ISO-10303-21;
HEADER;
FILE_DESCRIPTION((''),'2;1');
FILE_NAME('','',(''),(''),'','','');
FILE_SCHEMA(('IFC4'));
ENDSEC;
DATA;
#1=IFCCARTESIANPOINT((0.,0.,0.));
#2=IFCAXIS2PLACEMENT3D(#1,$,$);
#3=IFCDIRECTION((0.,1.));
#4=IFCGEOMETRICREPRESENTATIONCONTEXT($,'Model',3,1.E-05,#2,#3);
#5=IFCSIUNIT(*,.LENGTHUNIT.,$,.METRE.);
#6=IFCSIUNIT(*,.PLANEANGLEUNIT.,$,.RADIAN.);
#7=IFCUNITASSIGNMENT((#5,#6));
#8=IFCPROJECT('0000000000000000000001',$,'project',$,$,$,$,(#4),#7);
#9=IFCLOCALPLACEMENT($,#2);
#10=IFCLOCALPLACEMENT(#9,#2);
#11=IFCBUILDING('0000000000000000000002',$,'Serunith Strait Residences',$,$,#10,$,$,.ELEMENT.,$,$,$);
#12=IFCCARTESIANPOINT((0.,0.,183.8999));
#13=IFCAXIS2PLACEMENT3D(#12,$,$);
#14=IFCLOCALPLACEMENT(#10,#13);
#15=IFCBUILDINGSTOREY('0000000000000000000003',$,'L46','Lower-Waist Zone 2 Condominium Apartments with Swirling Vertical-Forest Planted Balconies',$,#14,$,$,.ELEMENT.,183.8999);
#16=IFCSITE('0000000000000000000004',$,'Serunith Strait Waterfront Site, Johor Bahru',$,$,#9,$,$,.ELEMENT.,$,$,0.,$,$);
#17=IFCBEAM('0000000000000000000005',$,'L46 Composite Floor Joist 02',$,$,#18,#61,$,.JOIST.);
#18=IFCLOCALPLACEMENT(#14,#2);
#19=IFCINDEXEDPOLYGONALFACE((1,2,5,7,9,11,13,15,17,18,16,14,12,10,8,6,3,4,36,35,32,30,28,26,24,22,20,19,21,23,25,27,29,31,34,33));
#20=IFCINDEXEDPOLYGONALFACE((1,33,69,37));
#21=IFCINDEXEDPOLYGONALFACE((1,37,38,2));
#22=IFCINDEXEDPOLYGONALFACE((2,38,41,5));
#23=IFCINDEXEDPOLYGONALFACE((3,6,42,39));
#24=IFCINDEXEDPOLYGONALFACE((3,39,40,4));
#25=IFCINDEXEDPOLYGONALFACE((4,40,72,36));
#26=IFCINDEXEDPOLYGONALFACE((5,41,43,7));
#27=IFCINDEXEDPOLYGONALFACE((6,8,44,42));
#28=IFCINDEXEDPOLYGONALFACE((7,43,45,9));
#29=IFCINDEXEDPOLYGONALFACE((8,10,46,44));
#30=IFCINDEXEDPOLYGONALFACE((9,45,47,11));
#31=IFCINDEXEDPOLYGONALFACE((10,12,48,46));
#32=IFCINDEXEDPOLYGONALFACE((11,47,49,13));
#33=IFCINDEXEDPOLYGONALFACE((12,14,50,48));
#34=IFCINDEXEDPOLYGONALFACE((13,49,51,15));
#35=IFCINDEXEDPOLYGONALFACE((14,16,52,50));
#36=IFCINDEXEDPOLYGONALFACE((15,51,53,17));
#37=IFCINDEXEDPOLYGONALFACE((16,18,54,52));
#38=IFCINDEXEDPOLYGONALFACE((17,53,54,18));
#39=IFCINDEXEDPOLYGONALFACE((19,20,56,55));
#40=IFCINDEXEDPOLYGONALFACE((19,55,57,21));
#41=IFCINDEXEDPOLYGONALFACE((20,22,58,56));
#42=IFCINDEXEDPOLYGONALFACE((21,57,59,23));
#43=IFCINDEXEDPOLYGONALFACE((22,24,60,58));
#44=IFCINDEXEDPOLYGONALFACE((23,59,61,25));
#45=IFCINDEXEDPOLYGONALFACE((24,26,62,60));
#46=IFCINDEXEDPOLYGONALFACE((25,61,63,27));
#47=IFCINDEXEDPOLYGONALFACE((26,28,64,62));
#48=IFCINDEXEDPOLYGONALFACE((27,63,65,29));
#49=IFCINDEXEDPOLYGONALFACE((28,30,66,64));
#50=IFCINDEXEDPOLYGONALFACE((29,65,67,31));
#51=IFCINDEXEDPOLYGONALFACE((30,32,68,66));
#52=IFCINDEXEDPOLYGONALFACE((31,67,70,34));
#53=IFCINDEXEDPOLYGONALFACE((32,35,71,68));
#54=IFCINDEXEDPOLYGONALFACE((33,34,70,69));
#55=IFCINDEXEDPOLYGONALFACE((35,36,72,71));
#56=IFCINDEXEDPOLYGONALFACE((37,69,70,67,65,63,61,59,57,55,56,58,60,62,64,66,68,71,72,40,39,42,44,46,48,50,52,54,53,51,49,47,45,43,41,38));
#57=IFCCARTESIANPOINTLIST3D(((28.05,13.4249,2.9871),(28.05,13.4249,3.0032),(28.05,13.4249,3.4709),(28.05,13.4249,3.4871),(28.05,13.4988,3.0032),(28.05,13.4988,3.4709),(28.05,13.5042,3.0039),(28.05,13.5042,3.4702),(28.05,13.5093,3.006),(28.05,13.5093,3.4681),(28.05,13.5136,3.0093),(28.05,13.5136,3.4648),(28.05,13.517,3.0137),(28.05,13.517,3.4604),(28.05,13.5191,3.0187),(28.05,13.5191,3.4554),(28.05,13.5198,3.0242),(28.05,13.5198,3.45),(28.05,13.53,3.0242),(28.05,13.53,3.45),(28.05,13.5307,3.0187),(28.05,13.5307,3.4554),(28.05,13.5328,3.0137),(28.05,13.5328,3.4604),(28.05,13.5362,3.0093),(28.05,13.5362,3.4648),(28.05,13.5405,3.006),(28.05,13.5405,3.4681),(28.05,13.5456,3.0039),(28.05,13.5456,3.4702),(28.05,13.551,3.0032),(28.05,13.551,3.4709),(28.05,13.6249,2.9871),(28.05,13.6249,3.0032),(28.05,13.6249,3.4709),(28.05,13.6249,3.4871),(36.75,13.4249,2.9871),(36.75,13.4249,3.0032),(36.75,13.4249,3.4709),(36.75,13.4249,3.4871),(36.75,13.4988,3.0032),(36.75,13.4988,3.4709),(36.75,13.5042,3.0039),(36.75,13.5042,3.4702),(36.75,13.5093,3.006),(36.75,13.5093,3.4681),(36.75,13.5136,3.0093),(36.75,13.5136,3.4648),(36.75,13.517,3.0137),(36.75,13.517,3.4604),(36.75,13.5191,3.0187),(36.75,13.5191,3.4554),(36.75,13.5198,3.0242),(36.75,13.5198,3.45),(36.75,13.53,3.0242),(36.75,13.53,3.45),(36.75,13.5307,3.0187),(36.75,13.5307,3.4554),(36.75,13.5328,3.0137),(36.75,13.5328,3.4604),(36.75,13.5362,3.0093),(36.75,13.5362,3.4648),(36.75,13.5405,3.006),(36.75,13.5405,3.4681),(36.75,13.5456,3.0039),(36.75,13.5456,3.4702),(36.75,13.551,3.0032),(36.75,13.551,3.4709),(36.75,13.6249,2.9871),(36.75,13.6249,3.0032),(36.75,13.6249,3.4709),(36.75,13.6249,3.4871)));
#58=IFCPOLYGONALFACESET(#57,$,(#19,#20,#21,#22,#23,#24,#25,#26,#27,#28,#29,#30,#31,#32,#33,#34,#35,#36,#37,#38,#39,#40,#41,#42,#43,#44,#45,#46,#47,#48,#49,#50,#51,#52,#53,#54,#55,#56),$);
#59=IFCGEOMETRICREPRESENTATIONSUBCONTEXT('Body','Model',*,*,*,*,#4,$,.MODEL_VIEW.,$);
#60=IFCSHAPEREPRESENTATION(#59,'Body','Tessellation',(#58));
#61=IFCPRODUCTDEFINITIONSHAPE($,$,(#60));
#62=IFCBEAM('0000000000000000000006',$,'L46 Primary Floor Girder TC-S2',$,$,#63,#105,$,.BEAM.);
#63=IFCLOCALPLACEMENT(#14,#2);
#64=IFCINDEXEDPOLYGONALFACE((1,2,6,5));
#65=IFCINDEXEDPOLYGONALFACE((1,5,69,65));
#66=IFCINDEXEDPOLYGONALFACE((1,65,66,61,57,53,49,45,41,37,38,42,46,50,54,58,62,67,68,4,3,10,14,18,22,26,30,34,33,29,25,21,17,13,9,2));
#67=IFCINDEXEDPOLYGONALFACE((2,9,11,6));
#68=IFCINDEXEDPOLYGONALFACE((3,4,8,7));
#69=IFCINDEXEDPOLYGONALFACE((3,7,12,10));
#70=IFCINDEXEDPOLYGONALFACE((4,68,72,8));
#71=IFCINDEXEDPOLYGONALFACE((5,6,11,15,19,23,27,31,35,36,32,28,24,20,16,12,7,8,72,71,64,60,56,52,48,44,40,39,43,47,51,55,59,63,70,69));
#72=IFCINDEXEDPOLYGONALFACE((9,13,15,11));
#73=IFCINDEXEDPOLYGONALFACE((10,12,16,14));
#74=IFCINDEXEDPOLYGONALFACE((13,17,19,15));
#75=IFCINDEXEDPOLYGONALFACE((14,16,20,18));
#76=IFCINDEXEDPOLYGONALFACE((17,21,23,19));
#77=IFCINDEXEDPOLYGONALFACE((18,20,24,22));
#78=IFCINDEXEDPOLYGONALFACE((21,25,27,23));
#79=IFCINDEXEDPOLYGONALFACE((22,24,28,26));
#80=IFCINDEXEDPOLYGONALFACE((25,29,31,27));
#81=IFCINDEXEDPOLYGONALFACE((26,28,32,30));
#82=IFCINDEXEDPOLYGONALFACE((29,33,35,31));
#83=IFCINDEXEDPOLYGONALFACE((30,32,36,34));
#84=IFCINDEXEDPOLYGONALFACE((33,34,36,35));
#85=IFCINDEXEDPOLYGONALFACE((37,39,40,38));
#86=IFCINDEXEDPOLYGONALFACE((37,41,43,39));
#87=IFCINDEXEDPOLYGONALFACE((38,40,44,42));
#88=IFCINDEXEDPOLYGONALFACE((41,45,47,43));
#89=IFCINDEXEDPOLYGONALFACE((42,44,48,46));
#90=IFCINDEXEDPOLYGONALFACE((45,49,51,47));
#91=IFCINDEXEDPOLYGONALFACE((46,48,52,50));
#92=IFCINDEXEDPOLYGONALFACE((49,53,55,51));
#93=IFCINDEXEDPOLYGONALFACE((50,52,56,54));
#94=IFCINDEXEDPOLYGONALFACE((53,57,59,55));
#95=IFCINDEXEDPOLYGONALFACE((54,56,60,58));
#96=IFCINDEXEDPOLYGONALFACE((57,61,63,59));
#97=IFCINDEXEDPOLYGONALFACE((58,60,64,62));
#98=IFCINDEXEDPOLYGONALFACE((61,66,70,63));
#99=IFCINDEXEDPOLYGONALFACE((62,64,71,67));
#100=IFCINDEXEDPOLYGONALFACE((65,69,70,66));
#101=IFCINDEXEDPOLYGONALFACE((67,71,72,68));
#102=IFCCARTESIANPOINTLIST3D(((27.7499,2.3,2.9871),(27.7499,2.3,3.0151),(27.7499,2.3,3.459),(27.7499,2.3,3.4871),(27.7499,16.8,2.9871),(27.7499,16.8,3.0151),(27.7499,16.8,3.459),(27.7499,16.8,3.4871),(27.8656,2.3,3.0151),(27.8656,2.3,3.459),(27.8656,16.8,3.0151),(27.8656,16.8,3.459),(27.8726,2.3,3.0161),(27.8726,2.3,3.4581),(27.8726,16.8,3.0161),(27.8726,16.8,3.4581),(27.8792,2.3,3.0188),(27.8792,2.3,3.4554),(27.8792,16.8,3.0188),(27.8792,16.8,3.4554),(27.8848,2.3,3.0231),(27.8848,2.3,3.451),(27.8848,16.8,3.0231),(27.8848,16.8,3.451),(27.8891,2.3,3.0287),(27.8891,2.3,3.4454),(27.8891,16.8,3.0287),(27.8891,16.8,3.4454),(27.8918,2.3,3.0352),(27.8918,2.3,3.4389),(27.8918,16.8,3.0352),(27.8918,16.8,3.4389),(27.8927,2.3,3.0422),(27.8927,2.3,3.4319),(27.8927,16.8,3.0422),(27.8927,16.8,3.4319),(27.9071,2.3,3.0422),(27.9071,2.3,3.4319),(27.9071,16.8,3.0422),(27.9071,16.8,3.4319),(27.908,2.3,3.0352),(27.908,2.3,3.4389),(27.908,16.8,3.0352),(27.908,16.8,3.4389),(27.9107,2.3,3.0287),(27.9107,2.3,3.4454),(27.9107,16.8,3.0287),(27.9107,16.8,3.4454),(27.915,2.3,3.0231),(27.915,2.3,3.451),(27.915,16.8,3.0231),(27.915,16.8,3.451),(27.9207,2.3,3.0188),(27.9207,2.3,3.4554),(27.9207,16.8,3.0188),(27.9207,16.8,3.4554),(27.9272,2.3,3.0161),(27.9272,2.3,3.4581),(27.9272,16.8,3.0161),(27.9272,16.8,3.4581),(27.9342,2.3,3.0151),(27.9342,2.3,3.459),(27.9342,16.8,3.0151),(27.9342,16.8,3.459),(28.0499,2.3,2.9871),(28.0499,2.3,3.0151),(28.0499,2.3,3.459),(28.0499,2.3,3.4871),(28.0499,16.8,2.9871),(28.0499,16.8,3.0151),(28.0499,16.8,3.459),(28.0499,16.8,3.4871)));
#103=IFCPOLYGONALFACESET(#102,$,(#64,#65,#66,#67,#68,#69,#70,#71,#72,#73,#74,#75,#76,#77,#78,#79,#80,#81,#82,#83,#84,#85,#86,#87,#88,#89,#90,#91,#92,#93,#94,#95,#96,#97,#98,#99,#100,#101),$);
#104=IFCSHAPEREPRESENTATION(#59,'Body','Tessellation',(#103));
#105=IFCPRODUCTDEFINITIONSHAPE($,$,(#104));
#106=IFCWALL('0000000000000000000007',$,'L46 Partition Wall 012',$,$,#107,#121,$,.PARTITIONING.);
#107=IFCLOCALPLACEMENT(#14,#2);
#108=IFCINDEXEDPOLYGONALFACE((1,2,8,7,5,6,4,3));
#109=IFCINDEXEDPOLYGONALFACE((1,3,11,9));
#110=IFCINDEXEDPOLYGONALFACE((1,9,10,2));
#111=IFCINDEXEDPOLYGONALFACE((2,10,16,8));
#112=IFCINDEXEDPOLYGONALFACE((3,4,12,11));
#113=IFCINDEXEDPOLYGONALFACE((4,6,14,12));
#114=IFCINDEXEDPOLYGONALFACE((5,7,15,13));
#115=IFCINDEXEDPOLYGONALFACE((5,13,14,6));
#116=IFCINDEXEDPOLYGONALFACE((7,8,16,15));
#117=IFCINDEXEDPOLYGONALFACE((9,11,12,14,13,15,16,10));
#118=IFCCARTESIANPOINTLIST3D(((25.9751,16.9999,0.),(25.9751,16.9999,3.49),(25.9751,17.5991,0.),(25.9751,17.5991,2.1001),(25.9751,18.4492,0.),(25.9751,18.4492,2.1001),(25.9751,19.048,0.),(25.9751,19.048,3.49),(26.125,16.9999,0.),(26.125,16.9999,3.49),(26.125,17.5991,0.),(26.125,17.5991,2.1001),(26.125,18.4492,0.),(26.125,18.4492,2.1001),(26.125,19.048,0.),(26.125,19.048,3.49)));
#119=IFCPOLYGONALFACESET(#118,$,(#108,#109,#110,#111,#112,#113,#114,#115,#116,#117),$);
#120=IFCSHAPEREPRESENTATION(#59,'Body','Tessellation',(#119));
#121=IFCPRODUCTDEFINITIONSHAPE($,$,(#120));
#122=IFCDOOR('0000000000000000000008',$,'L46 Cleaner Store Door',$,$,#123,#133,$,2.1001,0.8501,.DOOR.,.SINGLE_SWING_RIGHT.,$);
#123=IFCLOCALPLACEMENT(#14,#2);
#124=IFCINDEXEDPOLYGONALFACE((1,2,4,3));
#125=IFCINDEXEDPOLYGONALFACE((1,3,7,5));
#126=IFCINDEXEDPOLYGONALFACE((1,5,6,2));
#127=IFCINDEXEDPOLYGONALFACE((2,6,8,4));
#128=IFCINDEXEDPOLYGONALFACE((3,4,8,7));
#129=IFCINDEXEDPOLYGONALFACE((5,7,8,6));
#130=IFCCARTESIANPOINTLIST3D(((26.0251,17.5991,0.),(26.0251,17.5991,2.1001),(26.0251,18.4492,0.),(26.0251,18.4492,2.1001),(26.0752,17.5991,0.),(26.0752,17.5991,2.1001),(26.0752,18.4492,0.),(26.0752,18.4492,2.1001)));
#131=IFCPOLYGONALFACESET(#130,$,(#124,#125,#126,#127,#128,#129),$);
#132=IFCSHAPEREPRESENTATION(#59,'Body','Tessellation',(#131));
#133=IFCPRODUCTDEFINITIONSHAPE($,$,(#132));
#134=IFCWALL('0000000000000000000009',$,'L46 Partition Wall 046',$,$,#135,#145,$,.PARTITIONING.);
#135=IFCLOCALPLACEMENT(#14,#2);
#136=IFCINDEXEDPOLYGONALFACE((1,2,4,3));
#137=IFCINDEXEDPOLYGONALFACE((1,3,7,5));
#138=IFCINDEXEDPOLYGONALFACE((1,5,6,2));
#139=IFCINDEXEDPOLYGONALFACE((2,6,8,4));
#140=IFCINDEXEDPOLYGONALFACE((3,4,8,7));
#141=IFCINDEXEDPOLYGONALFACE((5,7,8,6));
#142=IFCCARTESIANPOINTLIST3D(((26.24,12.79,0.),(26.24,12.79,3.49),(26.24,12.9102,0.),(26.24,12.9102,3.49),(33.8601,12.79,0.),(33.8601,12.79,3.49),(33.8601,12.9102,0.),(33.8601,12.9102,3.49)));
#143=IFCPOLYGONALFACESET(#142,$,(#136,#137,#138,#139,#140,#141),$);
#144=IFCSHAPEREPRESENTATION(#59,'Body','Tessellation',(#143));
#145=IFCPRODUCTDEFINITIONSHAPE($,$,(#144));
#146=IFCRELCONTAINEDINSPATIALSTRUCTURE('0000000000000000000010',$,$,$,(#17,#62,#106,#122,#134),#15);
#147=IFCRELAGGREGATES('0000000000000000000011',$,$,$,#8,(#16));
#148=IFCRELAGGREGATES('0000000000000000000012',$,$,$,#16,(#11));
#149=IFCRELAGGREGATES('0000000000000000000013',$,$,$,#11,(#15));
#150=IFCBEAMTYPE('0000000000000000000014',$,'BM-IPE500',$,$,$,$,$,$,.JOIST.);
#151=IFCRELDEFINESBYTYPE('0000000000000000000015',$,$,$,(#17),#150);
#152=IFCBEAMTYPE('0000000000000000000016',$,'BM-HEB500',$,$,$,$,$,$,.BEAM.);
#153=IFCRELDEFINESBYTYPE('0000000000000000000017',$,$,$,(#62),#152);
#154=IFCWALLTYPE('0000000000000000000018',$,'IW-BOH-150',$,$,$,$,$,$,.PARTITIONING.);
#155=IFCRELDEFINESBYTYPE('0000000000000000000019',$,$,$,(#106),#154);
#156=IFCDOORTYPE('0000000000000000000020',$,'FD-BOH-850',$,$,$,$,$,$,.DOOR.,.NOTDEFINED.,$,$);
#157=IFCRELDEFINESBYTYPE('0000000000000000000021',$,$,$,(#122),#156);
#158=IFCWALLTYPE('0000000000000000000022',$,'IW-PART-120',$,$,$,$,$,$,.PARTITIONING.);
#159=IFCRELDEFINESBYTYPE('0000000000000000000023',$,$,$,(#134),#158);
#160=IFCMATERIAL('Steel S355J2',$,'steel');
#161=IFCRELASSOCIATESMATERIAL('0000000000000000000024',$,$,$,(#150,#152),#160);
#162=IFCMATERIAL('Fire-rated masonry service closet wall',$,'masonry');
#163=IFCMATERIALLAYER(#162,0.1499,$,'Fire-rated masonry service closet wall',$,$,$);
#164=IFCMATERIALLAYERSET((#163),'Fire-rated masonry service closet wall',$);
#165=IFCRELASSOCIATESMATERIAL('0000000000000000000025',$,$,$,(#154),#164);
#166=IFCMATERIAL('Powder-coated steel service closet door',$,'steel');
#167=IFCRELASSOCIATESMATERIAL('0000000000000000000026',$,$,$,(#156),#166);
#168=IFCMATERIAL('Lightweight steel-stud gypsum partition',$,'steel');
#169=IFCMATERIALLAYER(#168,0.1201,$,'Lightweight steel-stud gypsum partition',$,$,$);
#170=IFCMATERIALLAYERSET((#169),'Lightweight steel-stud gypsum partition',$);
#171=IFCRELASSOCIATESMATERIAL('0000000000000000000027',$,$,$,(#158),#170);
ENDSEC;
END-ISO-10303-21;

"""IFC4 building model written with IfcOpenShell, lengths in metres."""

from ifc_helpers import new_model, si_unit, direction, frame, frame_2d, origin, origin_2d, place, context, subcontext, project, spatial, rectangle, i_section, extrude, source, transform, mapped, material, layer, layer_set, material_profile, profile_set, type_object, element, fill, save


model = new_model("IFC4")

# Units and contexts
model_context = context("Model", 3, precision=1e-05, world=origin(), true_north=direction((0.0, 1.0)))
body_context = subcontext(model_context, "Body", "Model", "MODEL_VIEW")
ifc_project = project(units=[si_unit("LENGTHUNIT", "METRE"), si_unit("PLANEANGLEUNIT", "RADIAN")], contexts=[model_context])

# Site, building, storey
site_placement = place(None, origin())
site = spatial("IfcSite", under=ifc_project, at=site_placement, Name="Serunith Strait Waterfront Site, Johor Bahru", CompositionType="ELEMENT", RefElevation=0.0)
building_placement = place(site_placement, origin())
building = spatial("IfcBuilding", under=site, at=building_placement, Name="Serunith Strait Residences", CompositionType="ELEMENT")
storey_placement = place(building_placement, frame((0.0, 0.0, 183.8999)))
storey = spatial("IfcBuildingStorey", under=building, at=storey_placement, Name="L46", Description="Lower-Waist Zone 2 Condominium Apartments with Swirling Vertical-Forest Planted Balconies", CompositionType="ELEMENT", Elevation=183.8999)

# Beams
ifc_material_1 = material(Name="Steel S355J2", Category="steel")
ifc_material_profile_1 = material_profile(ifc_material_1, i_section(OverallWidth=0.2, OverallDepth=0.5, WebThickness=0.0103, FlangeThickness=0.0161, FilletRadius=0.021, at=origin_2d()), Name="IPE 500")
ifc_profile_set_1 = profile_set([ifc_material_profile_1], Name="Steel S355J2")
beam_type_1 = type_object("IfcBeamType", Name="BM-IPE500", PredefinedType="JOIST", material=ifc_profile_set_1)
shared_shape_1 = source(origin(), body_context, "Body", "SweptSolid", [
    extrude(i_section(OverallWidth=0.2, OverallDepth=0.5, WebThickness=0.0103, FlangeThickness=0.0161, FilletRadius=0.021, at=origin_2d()), origin(), (0.0, 0.0, 1.0), 8.7),
])
beam_1_placement = place(storey_placement, frame((28.05, 13.5249, 3.2371), z_axis=(1.0, 0.0, 0.0), x_axis=(0.0, 1.0, 0.0)))
element("IfcBeam", 1, at=beam_1_placement, inside=storey, type_object=beam_type_1, Name="L46 Composite Floor Joist 02", PredefinedType="JOIST", context=body_context, shape_type="MappedRepresentation", body=[
    mapped(shared_shape_1, transform((0.0, 0.0, 0.0), scale=1.0)),
])
ifc_material_profile_2 = material_profile(ifc_material_1, i_section(OverallWidth=0.3, OverallDepth=0.5, WebThickness=0.0144, FlangeThickness=0.0281, FilletRadius=0.0271, at=origin_2d()), Name="HEB 500")
ifc_profile_set_2 = profile_set([ifc_material_profile_2], Name="Steel S355J2")
beam_type_2 = type_object("IfcBeamType", Name="BM-HEB500", PredefinedType="BEAM", material=ifc_profile_set_2)
shared_shape_2 = source(origin(), body_context, "Body", "SweptSolid", [
    extrude(i_section(OverallWidth=0.3, OverallDepth=0.5, WebThickness=0.0144, FlangeThickness=0.0281, FilletRadius=0.0271, at=origin_2d()), origin(), (0.0, 0.0, 1.0), 14.5),
])
beam_2_placement = place(storey_placement, frame((27.8999, 16.8, 3.2371), z_axis=(0.0, -1.0, 0.0), x_axis=(1.0, 0.0, 0.0)))
element("IfcBeam", 2, at=beam_2_placement, inside=storey, type_object=beam_type_2, Name="L46 Primary Floor Girder TC-S2", PredefinedType="BEAM", context=body_context, shape_type="MappedRepresentation", body=[
    mapped(shared_shape_2, transform((0.0, 0.0, 0.0), scale=1.0)),
])

# Wall, opening, door
ifc_material_2 = material(Name="Fire-rated masonry service closet wall", Category="masonry")
ifc_layer_1 = layer(ifc_material_2, 0.1499, Name="Fire-rated masonry service closet wall")
ifc_layer_set_1 = layer_set([ifc_layer_1], Name="Fire-rated masonry service closet wall")
wall_type_1 = type_object("IfcWallType", Name="IW-BOH-150", PredefinedType="PARTITIONING", material=ifc_layer_set_1)
wall_1_placement = place(storey_placement, frame((26.05, 17.0, 0.0), z_axis=(0.0, 0.0, 1.0), x_axis=(0.0, 1.0, 0.0)))
wall_1 = element("IfcWall", 3, at=wall_1_placement, inside=storey, type_object=wall_type_1, Name="L46 Partition Wall 012", PredefinedType="PARTITIONING", context=body_context, shape_type="SweptSolid", body=[
    extrude(rectangle(XDim=2.0481, YDim=0.1499, at=frame_2d((1.0239, 0.0))), origin(), (0.0, 0.0, 1.0), 3.49),
])
opening_1_placement = place(wall_1_placement, frame((0.5991, 0.0, 0.0)))
opening_1 = element("IfcOpeningElement", 4, at=opening_1_placement, cuts=wall_1, PredefinedType="OPENING", context=body_context, shape_type="SweptSolid", body=[
    extrude(rectangle(XDim=0.8501, YDim=2.1001, at=frame_2d((0.425, 1.05))), frame((0.0, 0.085, 0.0), z_axis=(0.0, -1.0, 0.0), x_axis=(1.0, 0.0, 0.0)), (0.0, 0.0, 1.0), 0.1699),
])
ifc_material_3 = material(Name="Powder-coated steel service closet door", Category="steel")
door_type_1 = type_object("IfcDoorType", Name="FD-BOH-850", OperationType="NOTDEFINED", PredefinedType="DOOR", material=ifc_material_3)
shared_shape_3 = source(origin(), body_context, "Body", "SweptSolid", [
    extrude(rectangle(XDim=0.8501, YDim=2.1001, at=frame_2d((0.425, 1.05))), frame((0.0, 0.0249, 0.0), z_axis=(0.0, -1.0, 0.0), x_axis=(1.0, 0.0, 0.0)), (0.0, 0.0, 1.0), 0.05),
])
door_1_placement = place(opening_1_placement, origin())
door_1 = element("IfcDoor", 5, at=door_1_placement, inside=storey, type_object=door_type_1, Name="L46 Cleaner Store Door", OperationType="SINGLE_SWING_RIGHT", OverallHeight=2.1001, OverallWidth=0.8501, PredefinedType="DOOR", context=body_context, shape_type="MappedRepresentation", body=[
    mapped(shared_shape_3, transform((0.0, 0.0, 0.0), scale=1.0)),
])
fill(opening_1, door_1)

# Wall
ifc_material_4 = material(Name="Lightweight steel-stud gypsum partition", Category="steel")
ifc_layer_2 = layer(ifc_material_4, 0.1201, Name="Lightweight steel-stud gypsum partition")
ifc_layer_set_2 = layer_set([ifc_layer_2], Name="Lightweight steel-stud gypsum partition")
wall_type_2 = type_object("IfcWallType", Name="IW-PART-120", PredefinedType="PARTITIONING", material=ifc_layer_set_2)
wall_2_placement = place(storey_placement, frame((26.24, 12.8501, 0.0), z_axis=(0.0, 0.0, 1.0), x_axis=(1.0, 0.0, 0.0)))
element("IfcWall", 6, at=wall_2_placement, inside=storey, type_object=wall_type_2, Name="L46 Partition Wall 046", PredefinedType="PARTITIONING", context=body_context, shape_type="SweptSolid", body=[
    extrude(rectangle(XDim=7.6201, YDim=0.1201, at=frame_2d((3.8101, 0.0))), origin(), (0.0, 0.0, 1.0), 3.49),
])

save(model, "model.ifc")
